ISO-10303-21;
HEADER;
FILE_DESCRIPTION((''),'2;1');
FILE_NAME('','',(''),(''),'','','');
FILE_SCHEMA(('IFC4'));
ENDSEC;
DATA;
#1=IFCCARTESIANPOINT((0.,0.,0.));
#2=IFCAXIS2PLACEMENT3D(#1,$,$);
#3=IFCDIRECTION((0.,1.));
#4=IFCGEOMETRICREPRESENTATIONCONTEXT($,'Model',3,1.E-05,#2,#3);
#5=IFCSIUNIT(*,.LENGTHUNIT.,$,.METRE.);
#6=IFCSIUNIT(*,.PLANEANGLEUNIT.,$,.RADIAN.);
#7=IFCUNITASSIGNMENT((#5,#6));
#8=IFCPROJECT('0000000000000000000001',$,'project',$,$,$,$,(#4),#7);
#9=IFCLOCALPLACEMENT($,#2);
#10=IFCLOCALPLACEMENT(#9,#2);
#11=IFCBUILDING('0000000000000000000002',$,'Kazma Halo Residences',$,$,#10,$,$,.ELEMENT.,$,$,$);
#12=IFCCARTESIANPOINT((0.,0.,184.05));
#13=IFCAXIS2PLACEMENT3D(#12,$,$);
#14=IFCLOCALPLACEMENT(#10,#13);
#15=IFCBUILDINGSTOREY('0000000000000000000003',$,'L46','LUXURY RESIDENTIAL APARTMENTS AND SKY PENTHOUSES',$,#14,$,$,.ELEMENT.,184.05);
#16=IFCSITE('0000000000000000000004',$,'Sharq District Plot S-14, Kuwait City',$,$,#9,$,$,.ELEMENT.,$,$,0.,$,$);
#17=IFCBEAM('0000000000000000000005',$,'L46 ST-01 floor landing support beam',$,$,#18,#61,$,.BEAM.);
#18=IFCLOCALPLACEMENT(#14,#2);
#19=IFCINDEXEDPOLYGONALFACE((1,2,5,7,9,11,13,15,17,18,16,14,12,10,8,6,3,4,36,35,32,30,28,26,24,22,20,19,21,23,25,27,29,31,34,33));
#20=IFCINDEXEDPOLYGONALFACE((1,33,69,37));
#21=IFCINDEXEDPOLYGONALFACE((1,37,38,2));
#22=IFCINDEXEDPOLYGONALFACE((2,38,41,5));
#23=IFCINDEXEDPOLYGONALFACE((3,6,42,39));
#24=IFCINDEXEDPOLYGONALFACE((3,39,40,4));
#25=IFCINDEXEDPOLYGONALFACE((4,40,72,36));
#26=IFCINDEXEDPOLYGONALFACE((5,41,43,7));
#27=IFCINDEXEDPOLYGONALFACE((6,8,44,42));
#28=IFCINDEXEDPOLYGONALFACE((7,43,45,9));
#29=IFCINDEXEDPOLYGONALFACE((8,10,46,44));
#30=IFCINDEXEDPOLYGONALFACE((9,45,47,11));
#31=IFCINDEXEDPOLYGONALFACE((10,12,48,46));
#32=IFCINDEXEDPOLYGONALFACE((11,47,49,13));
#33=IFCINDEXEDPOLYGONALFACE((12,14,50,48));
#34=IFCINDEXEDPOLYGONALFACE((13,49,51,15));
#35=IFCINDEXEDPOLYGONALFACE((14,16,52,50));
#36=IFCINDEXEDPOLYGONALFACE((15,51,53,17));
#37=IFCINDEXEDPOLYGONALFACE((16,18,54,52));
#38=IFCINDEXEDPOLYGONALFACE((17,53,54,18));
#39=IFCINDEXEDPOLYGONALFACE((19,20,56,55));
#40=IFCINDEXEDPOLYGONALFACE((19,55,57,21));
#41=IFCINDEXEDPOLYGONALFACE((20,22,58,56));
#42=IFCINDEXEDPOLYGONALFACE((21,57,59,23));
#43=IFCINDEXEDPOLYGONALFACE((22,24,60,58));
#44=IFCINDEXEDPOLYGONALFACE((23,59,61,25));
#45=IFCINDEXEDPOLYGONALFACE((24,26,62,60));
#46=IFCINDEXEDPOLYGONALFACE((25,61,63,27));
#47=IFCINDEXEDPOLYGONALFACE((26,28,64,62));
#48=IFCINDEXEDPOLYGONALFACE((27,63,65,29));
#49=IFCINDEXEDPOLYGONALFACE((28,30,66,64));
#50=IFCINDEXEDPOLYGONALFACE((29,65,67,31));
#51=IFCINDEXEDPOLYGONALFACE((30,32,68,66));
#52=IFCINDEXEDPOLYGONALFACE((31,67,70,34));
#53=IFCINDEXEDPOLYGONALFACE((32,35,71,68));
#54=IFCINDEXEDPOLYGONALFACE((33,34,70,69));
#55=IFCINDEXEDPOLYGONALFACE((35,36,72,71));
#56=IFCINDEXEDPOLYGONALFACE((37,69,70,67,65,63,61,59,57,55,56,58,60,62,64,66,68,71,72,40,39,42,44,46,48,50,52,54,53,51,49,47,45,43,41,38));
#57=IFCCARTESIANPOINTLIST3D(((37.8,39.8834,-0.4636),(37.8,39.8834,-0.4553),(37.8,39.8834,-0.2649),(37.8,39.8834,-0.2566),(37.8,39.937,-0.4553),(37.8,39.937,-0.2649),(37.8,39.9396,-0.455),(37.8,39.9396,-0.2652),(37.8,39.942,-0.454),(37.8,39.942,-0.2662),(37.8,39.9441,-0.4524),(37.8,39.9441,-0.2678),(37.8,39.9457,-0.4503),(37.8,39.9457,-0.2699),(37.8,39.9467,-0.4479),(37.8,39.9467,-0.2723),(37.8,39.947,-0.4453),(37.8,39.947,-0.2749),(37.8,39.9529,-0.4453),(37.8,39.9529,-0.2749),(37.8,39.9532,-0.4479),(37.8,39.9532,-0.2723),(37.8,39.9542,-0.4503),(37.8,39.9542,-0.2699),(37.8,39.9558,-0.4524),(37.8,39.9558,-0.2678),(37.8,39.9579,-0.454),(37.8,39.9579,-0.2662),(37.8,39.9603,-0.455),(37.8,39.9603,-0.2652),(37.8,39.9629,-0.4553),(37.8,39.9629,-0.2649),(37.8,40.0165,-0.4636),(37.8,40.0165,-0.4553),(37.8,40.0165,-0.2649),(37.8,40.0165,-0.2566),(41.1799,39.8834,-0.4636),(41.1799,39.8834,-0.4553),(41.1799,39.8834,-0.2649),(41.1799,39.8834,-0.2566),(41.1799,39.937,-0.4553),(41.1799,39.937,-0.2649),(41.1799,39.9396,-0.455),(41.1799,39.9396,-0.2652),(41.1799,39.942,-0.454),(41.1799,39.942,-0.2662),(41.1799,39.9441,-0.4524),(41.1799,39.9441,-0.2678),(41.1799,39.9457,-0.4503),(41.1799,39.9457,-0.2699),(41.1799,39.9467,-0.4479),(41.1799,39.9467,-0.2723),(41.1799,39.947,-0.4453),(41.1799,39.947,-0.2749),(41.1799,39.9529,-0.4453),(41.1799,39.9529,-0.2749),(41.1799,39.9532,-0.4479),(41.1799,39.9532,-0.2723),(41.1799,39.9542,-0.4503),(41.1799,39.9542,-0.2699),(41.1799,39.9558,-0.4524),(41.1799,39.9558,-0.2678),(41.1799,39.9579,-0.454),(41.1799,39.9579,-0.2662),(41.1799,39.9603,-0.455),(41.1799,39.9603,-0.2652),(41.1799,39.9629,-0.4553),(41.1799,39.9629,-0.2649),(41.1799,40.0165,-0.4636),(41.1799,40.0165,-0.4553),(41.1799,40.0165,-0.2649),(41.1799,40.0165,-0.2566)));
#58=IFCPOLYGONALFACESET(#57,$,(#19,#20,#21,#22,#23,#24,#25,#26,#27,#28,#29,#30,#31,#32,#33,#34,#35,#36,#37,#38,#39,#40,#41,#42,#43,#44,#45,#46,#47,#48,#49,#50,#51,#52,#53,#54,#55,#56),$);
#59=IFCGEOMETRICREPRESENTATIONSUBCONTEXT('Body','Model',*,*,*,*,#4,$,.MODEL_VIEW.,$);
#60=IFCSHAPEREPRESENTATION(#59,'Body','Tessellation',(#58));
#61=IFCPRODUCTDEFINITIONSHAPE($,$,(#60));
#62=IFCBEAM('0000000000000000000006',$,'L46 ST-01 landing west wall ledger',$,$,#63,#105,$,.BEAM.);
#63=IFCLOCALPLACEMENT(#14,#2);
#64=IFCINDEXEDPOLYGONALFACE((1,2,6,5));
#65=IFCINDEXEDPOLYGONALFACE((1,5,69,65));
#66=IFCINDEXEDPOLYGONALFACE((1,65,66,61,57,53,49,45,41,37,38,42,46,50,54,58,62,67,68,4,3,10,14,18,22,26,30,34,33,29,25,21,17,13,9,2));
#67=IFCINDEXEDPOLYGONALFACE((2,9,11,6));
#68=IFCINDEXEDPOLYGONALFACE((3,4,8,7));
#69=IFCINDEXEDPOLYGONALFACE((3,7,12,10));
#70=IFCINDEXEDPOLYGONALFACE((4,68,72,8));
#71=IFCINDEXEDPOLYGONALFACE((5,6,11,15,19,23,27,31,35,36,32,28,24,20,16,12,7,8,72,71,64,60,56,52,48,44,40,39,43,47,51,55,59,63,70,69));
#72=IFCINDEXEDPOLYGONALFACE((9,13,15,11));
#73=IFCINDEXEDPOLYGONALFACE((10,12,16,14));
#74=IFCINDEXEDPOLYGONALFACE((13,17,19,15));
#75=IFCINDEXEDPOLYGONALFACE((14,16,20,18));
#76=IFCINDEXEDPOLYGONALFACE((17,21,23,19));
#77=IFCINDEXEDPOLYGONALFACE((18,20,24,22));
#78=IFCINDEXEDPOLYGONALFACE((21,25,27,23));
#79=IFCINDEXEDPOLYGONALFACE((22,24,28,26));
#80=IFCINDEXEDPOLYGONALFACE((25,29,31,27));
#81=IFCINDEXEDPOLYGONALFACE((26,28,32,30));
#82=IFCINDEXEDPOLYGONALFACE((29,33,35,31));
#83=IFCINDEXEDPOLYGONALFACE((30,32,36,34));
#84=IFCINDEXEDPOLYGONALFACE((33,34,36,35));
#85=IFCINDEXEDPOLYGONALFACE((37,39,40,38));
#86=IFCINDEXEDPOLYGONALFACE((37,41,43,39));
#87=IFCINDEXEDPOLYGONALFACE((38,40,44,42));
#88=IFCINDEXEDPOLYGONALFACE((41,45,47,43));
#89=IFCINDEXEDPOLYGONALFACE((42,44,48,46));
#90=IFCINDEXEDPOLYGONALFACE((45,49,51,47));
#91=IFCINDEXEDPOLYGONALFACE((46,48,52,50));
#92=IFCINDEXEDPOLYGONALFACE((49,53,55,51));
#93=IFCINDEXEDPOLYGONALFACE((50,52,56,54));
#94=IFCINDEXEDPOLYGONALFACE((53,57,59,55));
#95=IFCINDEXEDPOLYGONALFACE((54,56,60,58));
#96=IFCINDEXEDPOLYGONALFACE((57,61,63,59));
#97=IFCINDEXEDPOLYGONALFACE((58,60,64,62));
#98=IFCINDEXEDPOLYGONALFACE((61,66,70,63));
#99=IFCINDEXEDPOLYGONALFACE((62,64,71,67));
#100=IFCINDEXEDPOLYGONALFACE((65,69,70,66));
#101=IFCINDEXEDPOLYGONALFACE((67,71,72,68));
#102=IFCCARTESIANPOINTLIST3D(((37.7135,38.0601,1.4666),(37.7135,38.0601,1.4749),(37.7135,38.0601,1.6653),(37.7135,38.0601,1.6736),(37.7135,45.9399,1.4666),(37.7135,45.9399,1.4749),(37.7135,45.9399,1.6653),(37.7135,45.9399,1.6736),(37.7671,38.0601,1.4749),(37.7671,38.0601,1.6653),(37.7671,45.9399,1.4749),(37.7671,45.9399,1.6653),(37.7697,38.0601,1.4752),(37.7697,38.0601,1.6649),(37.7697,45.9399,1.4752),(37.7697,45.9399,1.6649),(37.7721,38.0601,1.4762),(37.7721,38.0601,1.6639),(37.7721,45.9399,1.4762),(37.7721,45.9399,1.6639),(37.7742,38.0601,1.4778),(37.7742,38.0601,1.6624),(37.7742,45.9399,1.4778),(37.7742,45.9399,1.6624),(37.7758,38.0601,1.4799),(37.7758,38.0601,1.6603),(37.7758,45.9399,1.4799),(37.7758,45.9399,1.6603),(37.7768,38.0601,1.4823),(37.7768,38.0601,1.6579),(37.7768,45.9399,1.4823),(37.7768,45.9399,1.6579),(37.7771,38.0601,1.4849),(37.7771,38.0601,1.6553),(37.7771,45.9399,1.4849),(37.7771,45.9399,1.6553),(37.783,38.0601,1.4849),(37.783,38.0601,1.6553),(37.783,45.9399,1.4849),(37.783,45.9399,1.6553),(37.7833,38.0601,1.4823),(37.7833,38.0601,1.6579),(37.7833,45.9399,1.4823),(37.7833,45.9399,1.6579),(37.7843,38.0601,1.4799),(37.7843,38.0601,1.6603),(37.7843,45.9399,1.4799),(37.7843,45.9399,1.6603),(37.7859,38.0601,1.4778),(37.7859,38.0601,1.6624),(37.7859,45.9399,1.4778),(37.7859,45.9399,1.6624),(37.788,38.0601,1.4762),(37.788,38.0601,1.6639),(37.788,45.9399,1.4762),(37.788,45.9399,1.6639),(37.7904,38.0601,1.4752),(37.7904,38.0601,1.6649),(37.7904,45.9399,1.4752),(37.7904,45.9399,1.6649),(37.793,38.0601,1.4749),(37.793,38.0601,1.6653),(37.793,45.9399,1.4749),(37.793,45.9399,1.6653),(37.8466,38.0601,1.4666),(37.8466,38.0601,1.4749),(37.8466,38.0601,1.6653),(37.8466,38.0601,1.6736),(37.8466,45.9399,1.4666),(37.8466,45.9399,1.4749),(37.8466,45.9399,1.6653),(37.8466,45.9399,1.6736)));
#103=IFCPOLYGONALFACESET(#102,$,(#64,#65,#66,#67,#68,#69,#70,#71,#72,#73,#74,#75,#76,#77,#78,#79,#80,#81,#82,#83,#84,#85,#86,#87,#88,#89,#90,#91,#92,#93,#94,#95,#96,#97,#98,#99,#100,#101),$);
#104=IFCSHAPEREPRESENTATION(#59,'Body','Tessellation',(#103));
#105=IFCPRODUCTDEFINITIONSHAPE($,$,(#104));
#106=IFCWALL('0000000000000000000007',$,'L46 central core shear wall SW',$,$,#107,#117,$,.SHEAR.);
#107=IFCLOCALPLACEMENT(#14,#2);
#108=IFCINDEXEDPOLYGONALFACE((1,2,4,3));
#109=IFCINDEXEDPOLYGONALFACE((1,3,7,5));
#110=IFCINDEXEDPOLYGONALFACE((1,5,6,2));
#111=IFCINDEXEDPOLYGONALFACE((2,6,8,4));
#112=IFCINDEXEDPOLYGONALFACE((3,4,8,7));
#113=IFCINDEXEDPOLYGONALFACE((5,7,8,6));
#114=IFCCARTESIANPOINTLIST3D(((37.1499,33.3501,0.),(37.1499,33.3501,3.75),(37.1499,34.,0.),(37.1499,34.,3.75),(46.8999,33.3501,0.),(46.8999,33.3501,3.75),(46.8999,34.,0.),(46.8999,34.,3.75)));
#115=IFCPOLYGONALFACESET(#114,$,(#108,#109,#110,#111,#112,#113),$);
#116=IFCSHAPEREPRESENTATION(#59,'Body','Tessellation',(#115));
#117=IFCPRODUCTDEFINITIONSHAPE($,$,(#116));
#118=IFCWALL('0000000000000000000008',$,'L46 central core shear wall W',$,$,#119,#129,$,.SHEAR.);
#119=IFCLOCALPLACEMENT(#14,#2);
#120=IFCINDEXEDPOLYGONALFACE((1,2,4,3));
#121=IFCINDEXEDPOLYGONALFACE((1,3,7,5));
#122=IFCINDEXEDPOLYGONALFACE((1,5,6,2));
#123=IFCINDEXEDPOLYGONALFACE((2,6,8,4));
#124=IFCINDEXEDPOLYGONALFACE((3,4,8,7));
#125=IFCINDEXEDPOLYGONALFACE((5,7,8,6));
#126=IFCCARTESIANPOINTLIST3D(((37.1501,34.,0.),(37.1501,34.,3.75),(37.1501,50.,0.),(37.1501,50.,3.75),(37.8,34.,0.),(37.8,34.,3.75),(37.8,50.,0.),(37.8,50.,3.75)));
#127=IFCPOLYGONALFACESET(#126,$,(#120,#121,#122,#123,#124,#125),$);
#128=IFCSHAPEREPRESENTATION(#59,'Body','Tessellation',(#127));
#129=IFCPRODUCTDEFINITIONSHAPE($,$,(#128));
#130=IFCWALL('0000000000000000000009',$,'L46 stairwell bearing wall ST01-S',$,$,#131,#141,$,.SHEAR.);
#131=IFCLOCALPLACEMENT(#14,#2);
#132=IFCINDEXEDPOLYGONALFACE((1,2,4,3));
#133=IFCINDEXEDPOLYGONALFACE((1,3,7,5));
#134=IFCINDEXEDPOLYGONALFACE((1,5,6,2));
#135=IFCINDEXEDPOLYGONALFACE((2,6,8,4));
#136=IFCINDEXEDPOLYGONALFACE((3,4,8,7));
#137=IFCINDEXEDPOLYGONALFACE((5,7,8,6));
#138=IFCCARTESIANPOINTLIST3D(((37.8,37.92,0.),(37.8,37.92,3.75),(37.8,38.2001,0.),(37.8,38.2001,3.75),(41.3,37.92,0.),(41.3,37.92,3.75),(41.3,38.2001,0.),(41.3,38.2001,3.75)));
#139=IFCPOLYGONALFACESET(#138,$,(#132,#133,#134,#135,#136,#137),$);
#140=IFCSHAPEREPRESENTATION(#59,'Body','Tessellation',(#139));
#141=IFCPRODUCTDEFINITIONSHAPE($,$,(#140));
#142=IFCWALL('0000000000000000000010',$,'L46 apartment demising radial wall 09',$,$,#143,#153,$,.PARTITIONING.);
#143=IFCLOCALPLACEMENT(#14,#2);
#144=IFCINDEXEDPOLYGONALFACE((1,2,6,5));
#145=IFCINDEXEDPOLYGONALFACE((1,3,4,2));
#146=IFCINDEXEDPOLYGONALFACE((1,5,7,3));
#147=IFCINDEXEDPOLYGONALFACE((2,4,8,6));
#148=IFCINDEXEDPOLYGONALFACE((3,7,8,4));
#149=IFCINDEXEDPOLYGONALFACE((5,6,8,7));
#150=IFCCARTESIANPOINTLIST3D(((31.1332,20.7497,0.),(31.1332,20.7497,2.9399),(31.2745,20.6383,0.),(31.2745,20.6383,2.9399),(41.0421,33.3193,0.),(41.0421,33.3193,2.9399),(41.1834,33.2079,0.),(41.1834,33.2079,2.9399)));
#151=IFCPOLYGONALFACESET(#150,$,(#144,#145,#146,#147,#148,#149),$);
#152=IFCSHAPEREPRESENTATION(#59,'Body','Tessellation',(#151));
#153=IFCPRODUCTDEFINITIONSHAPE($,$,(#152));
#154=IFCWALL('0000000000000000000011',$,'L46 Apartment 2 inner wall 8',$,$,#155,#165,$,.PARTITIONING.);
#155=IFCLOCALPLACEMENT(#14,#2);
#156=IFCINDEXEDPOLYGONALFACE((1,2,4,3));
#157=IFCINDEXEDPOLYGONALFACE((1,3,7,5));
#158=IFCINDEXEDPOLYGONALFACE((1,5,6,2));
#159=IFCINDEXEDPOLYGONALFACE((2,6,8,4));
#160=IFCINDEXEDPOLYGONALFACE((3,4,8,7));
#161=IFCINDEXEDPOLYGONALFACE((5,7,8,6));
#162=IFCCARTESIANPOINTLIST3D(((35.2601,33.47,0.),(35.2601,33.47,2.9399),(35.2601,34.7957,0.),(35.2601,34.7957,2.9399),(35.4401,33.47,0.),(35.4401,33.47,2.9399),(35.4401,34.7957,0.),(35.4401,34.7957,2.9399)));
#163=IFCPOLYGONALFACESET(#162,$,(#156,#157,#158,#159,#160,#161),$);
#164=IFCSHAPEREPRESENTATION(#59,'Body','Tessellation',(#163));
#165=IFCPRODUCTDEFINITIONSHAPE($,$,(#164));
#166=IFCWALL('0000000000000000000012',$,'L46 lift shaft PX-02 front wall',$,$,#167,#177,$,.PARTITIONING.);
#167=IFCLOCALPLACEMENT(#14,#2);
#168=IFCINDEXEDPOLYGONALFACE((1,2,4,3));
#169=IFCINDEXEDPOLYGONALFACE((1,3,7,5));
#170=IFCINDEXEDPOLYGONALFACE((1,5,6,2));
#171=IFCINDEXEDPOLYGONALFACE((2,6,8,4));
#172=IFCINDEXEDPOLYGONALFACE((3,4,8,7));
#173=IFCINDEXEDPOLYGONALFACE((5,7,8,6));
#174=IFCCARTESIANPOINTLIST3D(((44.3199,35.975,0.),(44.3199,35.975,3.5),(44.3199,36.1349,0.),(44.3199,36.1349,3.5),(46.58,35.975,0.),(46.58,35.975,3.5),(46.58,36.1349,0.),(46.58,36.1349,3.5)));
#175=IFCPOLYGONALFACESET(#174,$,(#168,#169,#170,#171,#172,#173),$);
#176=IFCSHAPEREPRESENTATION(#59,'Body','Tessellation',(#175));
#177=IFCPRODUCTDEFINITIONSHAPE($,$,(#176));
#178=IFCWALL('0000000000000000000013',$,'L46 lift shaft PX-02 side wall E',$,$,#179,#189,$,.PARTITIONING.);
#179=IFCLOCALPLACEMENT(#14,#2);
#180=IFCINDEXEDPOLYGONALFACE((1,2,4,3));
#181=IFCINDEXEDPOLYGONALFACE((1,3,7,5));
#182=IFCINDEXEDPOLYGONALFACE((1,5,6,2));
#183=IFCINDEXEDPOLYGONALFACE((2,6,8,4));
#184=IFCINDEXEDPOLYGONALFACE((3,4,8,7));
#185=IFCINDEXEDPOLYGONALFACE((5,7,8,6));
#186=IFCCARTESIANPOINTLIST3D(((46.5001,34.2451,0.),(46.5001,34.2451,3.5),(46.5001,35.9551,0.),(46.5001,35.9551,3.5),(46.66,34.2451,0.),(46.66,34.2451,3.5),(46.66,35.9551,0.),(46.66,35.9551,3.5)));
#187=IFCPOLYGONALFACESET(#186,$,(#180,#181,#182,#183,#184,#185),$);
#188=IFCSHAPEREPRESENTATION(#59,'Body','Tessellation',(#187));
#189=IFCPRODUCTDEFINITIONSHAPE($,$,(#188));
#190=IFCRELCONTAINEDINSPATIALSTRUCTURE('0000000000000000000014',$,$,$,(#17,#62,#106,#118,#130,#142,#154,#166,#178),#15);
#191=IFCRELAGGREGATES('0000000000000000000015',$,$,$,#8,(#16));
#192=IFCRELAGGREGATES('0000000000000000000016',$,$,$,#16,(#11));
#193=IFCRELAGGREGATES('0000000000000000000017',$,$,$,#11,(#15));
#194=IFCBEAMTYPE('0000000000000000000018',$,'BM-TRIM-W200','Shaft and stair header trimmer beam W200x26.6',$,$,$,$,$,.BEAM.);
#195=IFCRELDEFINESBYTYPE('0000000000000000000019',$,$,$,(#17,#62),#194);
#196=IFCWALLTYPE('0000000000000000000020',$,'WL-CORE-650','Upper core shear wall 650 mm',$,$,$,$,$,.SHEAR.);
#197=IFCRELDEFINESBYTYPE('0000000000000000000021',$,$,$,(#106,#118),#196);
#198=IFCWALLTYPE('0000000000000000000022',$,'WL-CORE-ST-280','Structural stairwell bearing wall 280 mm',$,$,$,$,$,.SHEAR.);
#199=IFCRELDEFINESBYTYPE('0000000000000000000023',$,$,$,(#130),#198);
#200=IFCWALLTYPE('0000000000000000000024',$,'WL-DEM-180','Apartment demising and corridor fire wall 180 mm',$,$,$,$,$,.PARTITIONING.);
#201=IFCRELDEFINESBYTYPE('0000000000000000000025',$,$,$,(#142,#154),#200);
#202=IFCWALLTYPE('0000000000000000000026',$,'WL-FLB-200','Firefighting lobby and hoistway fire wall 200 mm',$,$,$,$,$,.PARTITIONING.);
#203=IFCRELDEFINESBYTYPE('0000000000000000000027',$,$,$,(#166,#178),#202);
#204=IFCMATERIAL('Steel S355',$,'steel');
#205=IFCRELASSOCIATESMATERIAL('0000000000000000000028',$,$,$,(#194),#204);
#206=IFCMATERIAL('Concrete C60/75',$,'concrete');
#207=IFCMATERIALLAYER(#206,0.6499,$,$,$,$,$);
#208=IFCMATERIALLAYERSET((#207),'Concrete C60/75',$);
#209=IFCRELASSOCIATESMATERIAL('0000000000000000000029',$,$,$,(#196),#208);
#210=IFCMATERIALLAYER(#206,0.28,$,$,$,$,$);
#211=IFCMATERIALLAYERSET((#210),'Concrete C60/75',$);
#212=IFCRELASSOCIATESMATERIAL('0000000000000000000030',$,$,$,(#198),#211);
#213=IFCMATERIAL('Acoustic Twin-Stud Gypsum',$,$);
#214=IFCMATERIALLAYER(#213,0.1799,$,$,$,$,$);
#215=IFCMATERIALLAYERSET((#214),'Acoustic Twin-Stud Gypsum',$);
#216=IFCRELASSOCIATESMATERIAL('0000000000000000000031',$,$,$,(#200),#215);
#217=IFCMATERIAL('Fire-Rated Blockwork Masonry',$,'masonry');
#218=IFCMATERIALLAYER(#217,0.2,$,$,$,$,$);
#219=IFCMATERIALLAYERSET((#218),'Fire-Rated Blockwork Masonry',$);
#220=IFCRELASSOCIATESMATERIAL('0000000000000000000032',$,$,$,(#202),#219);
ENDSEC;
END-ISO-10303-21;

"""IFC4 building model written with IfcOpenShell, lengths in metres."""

from ifc_helpers import new_model, si_unit, direction, frame, frame_2d, origin, origin_2d, place, context, subcontext, project, spatial, rectangle, i_section, extrude, material, layer, layer_set, material_profile, profile_set, type_object, element, save


model = new_model("IFC4")

# Units and contexts
model_context = context("Model", 3, precision=1e-05, world=origin(), true_north=direction((0.0, 1.0)))
body_context = subcontext(model_context, "Body", "Model", "MODEL_VIEW")
ifc_project = project(units=[si_unit("LENGTHUNIT", "METRE"), si_unit("PLANEANGLEUNIT", "RADIAN")], contexts=[model_context])

# Site, building, storey
site_placement = place(None, origin())
site = spatial("IfcSite", under=ifc_project, at=site_placement, Name="Sharq District Plot S-14, Kuwait City", CompositionType="ELEMENT", RefElevation=0.0)
building_placement = place(site_placement, origin())
building = spatial("IfcBuilding", under=site, at=building_placement, Name="Kazma Halo Residences", CompositionType="ELEMENT")
storey_placement = place(building_placement, frame((0.0, 0.0, 184.05)))
storey = spatial("IfcBuildingStorey", under=building, at=storey_placement, Name="L46", Description="LUXURY RESIDENTIAL APARTMENTS AND SKY PENTHOUSES", CompositionType="ELEMENT", Elevation=184.05)

# Beams
ifc_material_1 = material(Name="Steel S355", Category="steel")
ifc_material_profile_1 = material_profile(ifc_material_1, i_section(OverallWidth=0.1331, OverallDepth=0.207, WebThickness=0.0059, FlangeThickness=0.0083, FilletRadius=0.01, at=origin_2d()), Name="W200x26.6")
ifc_profile_set_1 = profile_set([ifc_material_profile_1], Name="Steel S355")
beam_type_1 = type_object("IfcBeamType", Name="BM-TRIM-W200", Description="Shaft and stair header trimmer beam W200x26.6", PredefinedType="BEAM", material=ifc_profile_set_1)
beam_1_placement = place(storey_placement, frame((37.8, 39.95, -0.3601), z_axis=(1.0, 0.0, 0.0), x_axis=(0.0, 1.0, 0.0)))
element("IfcBeam", 1, at=beam_1_placement, inside=storey, type_object=beam_type_1, Name="L46 ST-01 floor landing support beam", PredefinedType="BEAM", context=body_context, shape_type="SweptSolid", body=[
    extrude(i_section(OverallWidth=0.1331, OverallDepth=0.207, WebThickness=0.0059, FlangeThickness=0.0083, FilletRadius=0.01, at=origin_2d()), origin(), (0.0, 0.0, 1.0), 3.3799),
])
beam_2_placement = place(storey_placement, frame((37.78, 38.0601, 1.5701), z_axis=(0.0, 1.0, 0.0), x_axis=(-1.0, 0.0, 0.0)))
element("IfcBeam", 2, at=beam_2_placement, inside=storey, type_object=beam_type_1, Name="L46 ST-01 landing west wall ledger", PredefinedType="BEAM", context=body_context, shape_type="SweptSolid", body=[
    extrude(i_section(OverallWidth=0.1331, OverallDepth=0.207, WebThickness=0.0059, FlangeThickness=0.0083, FilletRadius=0.01, at=origin_2d()), origin(), (0.0, 0.0, 1.0), 7.8799),
])

# Walls
ifc_material_2 = material(Name="Concrete C60/75", Category="concrete")
ifc_layer_1 = layer(ifc_material_2, 0.6499)
ifc_layer_set_1 = layer_set([ifc_layer_1], Name="Concrete C60/75")
wall_type_1 = type_object("IfcWallType", Name="WL-CORE-650", Description="Upper core shear wall 650 mm", PredefinedType="SHEAR", material=ifc_layer_set_1)
wall_1_placement = place(storey_placement, frame((37.1499, 33.675, 0.0), z_axis=(0.0, 0.0, 1.0), x_axis=(1.0, 0.0, 0.0)))
element("IfcWall", 3, at=wall_1_placement, inside=storey, type_object=wall_type_1, Name="L46 central core shear wall SW", PredefinedType="SHEAR", context=body_context, shape_type="SweptSolid", body=[
    extrude(rectangle(XDim=9.75, YDim=0.6499, at=frame_2d((4.875, 0.0))), origin(), (0.0, 0.0, 1.0), 3.75),
])
wall_2_placement = place(storey_placement, frame((37.4751, 34.0, 0.0), z_axis=(0.0, 0.0, 1.0), x_axis=(0.0, 1.0, 0.0)))
element("IfcWall", 4, at=wall_2_placement, inside=storey, type_object=wall_type_1, Name="L46 central core shear wall W", PredefinedType="SHEAR", context=body_context, shape_type="SweptSolid", body=[
    extrude(rectangle(XDim=16.0, YDim=0.6499, at=frame_2d((8.0, 0.0))), origin(), (0.0, 0.0, 1.0), 3.75),
])
ifc_layer_2 = layer(ifc_material_2, 0.28)
ifc_layer_set_2 = layer_set([ifc_layer_2], Name="Concrete C60/75")
wall_type_2 = type_object("IfcWallType", Name="WL-CORE-ST-280", Description="Structural stairwell bearing wall 280 mm", PredefinedType="SHEAR", material=ifc_layer_set_2)
wall_3_placement = place(storey_placement, frame((37.8, 38.0601, 0.0), z_axis=(0.0, 0.0, 1.0), x_axis=(1.0, 0.0, 0.0)))
element("IfcWall", 5, at=wall_3_placement, inside=storey, type_object=wall_type_2, Name="L46 stairwell bearing wall ST01-S", PredefinedType="SHEAR", context=body_context, shape_type="SweptSolid", body=[
    extrude(rectangle(XDim=3.5, YDim=0.28, at=frame_2d((1.75, 0.0))), origin(), (0.0, 0.0, 1.0), 3.75),
])
ifc_material_3 = material(Name="Acoustic Twin-Stud Gypsum")
ifc_layer_3 = layer(ifc_material_3, 0.1799)
ifc_layer_set_3 = layer_set([ifc_layer_3], Name="Acoustic Twin-Stud Gypsum")
wall_type_3 = type_object("IfcWallType", Name="WL-DEM-180", Description="Apartment demising and corridor fire wall 180 mm", PredefinedType="PARTITIONING", material=ifc_layer_set_3)
wall_4_placement = place(storey_placement, frame((41.1128, 33.2637, 0.0), z_axis=(0.0, 0.0, 1.0), x_axis=(-0.619089, -0.785321, 0.0)))
element("IfcWall", 6, at=wall_4_placement, inside=storey, type_object=wall_type_3, Name="L46 apartment demising radial wall 09", PredefinedType="PARTITIONING", context=body_context, shape_type="SweptSolid", body=[
    extrude(rectangle(XDim=16.0056, YDim=0.1799, at=frame_2d((8.0029, 0.0))), origin(), (0.0, 0.0, 1.0), 2.9399),
])
wall_5_placement = place(storey_placement, frame((35.3501, 34.7957, 0.0), z_axis=(0.0, 0.0, 1.0), x_axis=(0.0, -1.0, 0.0)))
element("IfcWall", 7, at=wall_5_placement, inside=storey, type_object=wall_type_3, Name="L46 Apartment 2 inner wall 8", PredefinedType="PARTITIONING", context=body_context, shape_type="SweptSolid", body=[
    extrude(rectangle(XDim=1.3257, YDim=0.1799, at=frame_2d((0.6628, 0.0))), origin(), (0.0, 0.0, 1.0), 2.9399),
])
ifc_material_4 = material(Name="Fire-Rated Blockwork Masonry", Category="masonry")
ifc_layer_4 = layer(ifc_material_4, 0.2)
ifc_layer_set_4 = layer_set([ifc_layer_4], Name="Fire-Rated Blockwork Masonry")
wall_type_4 = type_object("IfcWallType", Name="WL-FLB-200", Description="Firefighting lobby and hoistway fire wall 200 mm", PredefinedType="PARTITIONING", material=ifc_layer_set_4)
wall_6_placement = place(storey_placement, frame((44.3201, 36.0549, 0.0), z_axis=(0.0, 0.0, 1.0), x_axis=(1.0, 0.0, 0.0)))
element("IfcWall", 8, at=wall_6_placement, inside=storey, type_object=wall_type_4, Name="L46 lift shaft PX-02 front wall", PredefinedType="PARTITIONING", context=body_context, shape_type="SweptSolid", body=[
    extrude(rectangle(XDim=2.26, YDim=0.1599, at=frame_2d((1.1299, 0.0))), origin(), (0.0, 0.0, 1.0), 3.5),
])
wall_7_placement = place(storey_placement, frame((46.5801, 34.2451, 0.0), z_axis=(0.0, 0.0, 1.0), x_axis=(0.0, 1.0, 0.0)))
element("IfcWall", 9, at=wall_7_placement, inside=storey, type_object=wall_type_4, Name="L46 lift shaft PX-02 side wall E", PredefinedType="PARTITIONING", context=body_context, shape_type="SweptSolid", body=[
    extrude(rectangle(XDim=1.71, YDim=0.1599, at=frame_2d((0.855, 0.0))), origin(), (0.0, 0.0, 1.0), 3.5),
])

save(model, "model.ifc")
